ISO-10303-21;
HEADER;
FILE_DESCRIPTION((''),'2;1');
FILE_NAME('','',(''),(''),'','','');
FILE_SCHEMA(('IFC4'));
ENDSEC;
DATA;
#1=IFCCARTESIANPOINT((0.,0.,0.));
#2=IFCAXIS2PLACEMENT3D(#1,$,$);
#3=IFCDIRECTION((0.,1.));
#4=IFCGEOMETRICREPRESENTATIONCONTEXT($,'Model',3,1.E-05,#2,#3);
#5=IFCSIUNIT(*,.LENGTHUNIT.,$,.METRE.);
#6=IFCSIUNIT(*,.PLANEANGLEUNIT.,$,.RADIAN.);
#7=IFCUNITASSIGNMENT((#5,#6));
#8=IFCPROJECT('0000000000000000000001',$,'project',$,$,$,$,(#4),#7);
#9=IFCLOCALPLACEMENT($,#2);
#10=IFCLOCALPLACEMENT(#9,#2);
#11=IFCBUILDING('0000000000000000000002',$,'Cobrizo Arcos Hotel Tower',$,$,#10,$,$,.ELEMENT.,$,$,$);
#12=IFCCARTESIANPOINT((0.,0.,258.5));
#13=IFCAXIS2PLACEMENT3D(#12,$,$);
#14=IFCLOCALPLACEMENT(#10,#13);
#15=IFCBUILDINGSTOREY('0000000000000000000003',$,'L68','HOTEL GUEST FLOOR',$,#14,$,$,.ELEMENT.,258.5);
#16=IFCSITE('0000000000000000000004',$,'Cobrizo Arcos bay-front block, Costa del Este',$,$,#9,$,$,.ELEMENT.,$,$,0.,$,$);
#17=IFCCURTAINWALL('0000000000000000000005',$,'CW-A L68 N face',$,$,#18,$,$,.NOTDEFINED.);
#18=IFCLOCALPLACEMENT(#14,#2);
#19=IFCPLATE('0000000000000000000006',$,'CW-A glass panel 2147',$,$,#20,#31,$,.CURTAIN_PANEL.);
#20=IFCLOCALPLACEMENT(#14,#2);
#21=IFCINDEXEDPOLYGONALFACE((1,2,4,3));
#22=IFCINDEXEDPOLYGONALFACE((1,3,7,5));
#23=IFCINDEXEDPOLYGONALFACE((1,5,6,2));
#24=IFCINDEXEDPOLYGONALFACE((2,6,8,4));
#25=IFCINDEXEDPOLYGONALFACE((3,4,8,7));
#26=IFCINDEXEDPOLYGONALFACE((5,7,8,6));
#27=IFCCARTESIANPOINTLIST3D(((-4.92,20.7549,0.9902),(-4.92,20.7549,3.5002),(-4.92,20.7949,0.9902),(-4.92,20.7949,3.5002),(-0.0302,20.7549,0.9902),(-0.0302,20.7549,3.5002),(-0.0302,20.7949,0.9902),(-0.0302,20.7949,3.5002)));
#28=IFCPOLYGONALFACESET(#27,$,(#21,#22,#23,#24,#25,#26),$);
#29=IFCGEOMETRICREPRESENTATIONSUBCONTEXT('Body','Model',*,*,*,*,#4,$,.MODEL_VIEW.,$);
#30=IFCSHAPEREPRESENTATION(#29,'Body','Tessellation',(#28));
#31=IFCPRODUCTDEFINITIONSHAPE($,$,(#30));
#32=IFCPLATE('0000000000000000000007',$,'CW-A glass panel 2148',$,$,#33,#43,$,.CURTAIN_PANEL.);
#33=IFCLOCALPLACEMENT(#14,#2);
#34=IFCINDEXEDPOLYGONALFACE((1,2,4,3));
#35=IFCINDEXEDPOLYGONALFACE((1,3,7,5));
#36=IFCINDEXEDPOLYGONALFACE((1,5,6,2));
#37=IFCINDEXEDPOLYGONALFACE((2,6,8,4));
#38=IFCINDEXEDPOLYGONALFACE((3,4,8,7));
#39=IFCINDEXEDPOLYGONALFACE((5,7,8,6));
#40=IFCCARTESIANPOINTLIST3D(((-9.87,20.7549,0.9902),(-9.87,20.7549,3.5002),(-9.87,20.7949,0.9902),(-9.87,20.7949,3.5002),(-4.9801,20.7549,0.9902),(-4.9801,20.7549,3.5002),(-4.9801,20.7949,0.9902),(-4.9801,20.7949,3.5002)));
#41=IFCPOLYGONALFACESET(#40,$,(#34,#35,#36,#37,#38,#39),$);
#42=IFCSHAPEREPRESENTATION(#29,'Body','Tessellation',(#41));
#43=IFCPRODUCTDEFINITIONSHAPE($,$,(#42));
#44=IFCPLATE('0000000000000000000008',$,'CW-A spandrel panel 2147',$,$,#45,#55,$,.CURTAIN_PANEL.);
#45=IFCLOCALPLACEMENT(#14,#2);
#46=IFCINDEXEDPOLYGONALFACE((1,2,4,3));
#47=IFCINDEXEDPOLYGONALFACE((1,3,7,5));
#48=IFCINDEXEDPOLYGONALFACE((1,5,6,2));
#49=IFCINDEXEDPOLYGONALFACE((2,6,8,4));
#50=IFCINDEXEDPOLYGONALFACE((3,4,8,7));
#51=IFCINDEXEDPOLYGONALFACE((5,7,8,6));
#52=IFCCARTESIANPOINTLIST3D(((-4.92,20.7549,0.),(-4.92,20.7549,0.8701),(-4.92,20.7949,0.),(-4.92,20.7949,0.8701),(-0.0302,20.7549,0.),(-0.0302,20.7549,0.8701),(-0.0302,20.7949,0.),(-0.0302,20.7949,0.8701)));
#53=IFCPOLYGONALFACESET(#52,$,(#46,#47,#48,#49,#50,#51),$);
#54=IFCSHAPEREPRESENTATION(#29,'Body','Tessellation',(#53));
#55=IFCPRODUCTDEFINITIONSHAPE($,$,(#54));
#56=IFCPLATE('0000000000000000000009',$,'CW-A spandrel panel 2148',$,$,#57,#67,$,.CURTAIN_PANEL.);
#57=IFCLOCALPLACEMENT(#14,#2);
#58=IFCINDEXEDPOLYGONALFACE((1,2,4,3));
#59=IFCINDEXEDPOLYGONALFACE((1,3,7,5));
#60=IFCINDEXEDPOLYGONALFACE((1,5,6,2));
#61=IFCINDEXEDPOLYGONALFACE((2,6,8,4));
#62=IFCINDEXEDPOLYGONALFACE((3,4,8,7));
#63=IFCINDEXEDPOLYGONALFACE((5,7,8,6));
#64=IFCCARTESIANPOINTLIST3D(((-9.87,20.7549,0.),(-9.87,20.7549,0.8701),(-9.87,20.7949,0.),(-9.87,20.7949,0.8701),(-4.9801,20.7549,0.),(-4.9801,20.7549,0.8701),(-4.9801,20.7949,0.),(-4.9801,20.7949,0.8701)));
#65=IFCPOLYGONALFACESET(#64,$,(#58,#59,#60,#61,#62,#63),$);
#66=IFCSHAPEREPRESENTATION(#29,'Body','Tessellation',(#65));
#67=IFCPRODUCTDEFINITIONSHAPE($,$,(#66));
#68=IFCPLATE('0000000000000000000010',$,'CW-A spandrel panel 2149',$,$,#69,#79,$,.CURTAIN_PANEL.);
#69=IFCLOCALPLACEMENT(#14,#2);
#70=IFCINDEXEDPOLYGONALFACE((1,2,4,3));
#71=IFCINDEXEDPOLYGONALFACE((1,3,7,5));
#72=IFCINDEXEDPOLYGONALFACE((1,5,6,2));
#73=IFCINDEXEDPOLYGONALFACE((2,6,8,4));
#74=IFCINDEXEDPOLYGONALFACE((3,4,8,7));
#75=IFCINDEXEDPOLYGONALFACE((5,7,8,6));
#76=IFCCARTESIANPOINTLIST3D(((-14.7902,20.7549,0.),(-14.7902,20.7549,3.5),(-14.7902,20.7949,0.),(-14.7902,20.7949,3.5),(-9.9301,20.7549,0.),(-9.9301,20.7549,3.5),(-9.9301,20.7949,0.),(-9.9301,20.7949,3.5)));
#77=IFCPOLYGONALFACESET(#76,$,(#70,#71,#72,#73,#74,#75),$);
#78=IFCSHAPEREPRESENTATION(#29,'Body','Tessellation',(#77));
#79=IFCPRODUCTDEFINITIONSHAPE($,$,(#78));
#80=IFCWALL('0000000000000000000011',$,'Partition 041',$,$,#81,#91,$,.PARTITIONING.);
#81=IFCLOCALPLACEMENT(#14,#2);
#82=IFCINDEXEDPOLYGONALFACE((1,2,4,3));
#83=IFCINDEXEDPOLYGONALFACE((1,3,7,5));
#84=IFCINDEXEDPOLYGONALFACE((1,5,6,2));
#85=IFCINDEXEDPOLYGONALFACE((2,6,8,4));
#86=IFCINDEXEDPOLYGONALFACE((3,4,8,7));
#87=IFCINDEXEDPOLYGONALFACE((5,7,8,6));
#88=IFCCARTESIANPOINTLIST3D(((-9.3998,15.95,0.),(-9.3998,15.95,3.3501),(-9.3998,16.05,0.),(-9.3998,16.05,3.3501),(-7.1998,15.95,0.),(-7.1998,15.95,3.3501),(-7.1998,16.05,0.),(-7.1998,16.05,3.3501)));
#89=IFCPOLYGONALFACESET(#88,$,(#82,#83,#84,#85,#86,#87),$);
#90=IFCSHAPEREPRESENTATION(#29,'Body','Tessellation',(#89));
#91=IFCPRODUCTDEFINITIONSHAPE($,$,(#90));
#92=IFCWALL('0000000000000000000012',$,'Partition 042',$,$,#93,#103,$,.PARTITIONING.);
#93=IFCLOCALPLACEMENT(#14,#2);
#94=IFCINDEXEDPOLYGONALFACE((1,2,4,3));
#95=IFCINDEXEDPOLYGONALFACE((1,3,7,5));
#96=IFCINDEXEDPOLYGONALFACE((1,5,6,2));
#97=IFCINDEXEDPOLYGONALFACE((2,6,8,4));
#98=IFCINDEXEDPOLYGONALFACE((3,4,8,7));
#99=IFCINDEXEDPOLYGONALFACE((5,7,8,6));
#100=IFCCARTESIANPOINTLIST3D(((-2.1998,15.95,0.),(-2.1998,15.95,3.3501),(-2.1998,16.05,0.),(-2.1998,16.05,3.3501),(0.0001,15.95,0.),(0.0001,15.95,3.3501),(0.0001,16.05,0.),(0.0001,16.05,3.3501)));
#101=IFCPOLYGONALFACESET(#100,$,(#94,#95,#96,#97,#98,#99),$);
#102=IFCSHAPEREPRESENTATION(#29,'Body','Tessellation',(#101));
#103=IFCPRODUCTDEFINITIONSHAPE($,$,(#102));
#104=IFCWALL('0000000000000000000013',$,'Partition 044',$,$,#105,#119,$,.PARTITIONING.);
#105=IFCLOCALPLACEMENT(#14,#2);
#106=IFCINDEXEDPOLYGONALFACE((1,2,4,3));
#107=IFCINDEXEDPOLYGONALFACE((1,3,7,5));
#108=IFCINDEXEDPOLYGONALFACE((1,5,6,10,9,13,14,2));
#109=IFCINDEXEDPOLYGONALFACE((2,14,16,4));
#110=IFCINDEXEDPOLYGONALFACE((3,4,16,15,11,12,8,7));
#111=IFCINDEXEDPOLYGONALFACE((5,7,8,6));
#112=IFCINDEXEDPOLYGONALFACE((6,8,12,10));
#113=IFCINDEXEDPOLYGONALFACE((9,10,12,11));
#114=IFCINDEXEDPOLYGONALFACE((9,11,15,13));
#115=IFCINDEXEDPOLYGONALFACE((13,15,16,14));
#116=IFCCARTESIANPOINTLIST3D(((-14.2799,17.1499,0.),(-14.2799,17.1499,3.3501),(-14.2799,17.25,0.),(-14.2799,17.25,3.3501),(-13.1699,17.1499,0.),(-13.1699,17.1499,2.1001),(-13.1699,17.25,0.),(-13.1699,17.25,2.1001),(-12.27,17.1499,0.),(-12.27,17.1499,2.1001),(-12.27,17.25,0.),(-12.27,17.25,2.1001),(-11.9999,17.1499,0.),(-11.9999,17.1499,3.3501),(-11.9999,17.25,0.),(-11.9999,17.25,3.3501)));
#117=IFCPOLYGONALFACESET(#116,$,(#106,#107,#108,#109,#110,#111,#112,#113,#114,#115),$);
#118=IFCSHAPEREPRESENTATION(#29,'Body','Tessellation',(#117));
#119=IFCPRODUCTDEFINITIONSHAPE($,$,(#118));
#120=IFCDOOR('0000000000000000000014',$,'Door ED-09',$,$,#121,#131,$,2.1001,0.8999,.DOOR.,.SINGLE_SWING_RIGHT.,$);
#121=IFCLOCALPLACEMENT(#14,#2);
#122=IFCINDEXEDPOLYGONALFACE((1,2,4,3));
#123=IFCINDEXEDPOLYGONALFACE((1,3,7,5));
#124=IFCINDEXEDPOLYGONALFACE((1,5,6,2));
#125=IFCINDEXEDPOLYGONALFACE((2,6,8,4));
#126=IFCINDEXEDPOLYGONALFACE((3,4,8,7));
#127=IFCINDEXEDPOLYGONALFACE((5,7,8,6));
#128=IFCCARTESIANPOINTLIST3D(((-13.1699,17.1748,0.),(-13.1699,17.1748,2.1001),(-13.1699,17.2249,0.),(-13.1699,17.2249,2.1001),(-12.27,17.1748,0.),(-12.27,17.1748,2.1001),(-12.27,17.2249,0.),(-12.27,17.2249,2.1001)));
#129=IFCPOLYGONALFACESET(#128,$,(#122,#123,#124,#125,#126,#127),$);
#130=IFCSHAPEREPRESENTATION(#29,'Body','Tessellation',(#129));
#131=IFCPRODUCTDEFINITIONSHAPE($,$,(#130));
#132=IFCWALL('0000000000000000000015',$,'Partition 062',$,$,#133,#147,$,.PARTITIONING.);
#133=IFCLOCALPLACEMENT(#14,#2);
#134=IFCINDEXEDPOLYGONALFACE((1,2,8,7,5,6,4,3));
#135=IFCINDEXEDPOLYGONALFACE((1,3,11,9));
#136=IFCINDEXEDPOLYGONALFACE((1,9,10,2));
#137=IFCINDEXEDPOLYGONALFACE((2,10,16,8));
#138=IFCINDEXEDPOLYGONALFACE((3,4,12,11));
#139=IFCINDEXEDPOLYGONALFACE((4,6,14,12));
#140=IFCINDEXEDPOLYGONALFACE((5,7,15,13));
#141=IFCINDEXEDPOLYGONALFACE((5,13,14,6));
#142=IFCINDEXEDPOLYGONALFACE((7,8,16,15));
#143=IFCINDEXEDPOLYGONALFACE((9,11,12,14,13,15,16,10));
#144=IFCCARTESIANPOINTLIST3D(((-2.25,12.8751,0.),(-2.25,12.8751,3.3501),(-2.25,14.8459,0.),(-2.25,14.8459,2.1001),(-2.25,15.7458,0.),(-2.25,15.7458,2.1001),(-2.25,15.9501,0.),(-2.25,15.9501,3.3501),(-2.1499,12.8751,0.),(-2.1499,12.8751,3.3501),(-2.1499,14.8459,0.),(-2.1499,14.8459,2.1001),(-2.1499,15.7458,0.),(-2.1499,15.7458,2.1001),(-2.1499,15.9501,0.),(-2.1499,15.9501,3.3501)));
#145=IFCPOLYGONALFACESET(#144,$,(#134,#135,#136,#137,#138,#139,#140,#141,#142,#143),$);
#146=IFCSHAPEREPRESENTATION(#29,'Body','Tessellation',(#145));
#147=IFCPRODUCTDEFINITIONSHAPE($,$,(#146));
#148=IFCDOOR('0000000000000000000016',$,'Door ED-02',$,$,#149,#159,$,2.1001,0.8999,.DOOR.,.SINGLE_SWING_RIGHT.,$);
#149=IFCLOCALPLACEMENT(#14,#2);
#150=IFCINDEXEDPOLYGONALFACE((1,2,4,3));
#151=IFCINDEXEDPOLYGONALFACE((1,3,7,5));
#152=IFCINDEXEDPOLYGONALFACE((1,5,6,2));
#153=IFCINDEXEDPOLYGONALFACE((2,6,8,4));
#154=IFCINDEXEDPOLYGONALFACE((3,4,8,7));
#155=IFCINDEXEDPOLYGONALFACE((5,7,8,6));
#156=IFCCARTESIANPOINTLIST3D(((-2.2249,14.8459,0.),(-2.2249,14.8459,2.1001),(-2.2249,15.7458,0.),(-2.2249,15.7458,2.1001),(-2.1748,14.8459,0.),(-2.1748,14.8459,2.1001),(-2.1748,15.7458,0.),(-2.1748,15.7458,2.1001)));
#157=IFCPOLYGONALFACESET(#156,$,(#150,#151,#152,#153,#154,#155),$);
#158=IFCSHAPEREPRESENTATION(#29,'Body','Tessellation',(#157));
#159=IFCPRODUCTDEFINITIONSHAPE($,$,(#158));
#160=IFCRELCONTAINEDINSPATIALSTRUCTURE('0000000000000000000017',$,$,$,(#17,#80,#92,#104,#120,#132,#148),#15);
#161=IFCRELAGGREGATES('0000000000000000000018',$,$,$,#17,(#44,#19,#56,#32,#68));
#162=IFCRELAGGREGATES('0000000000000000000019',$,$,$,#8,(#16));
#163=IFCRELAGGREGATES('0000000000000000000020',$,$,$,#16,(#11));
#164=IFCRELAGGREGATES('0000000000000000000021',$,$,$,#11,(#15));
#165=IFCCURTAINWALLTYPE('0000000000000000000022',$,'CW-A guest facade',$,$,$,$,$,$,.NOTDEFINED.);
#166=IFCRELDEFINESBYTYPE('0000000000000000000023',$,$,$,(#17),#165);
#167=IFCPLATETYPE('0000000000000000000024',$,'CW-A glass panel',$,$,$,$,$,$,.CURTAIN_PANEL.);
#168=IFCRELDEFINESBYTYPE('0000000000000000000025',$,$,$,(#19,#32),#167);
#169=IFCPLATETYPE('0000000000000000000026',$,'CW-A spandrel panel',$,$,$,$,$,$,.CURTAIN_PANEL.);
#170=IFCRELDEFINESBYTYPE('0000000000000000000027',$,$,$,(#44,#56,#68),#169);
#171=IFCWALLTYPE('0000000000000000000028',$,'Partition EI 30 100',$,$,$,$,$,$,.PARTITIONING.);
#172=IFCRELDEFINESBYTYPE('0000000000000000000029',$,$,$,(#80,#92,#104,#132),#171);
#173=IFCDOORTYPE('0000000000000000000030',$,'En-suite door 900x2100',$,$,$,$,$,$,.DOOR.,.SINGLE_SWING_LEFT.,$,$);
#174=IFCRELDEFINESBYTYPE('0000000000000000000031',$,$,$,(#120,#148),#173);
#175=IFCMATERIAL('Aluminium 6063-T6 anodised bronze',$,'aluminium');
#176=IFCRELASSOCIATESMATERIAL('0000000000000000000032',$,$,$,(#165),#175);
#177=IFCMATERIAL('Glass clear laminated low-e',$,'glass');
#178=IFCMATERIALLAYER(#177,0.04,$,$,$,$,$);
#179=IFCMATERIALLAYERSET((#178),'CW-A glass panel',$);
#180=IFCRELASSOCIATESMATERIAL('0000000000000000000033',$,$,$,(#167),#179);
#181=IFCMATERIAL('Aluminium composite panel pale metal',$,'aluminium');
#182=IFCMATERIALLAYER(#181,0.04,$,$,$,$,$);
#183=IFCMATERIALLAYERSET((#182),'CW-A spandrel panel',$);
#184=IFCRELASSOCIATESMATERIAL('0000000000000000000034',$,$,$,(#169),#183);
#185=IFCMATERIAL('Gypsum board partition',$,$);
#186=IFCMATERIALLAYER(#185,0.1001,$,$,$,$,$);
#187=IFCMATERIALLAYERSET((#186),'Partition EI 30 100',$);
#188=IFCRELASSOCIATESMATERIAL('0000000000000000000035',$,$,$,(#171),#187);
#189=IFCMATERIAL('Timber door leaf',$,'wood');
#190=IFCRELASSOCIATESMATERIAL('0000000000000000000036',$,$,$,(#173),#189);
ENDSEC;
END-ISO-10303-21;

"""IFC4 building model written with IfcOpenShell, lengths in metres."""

from ifc_helpers import new_model, si_unit, direction, frame, frame_2d, origin, origin_2d, place, context, subcontext, project, spatial, rectangle, extrude, material, layer, layer_set, type_object, element, fill, aggregate, save


model = new_model("IFC4")

# Units and contexts
model_context = context("Model", 3, precision=1e-05, world=origin(), true_north=direction((0.0, 1.0)))
body_context = subcontext(model_context, "Body", "Model", "MODEL_VIEW")
ifc_project = project(units=[si_unit("LENGTHUNIT", "METRE"), si_unit("PLANEANGLEUNIT", "RADIAN")], contexts=[model_context])

# Site, building, storey
site_placement = place(None, origin())
site = spatial("IfcSite", under=ifc_project, at=site_placement, Name="Cobrizo Arcos bay-front block, Costa del Este", CompositionType="ELEMENT", RefElevation=0.0)
building_placement = place(site_placement, origin())
building = spatial("IfcBuilding", under=site, at=building_placement, Name="Cobrizo Arcos Hotel Tower", CompositionType="ELEMENT")
storey_placement = place(building_placement, frame((0.0, 0.0, 258.5)))
storey = spatial("IfcBuildingStorey", under=building, at=storey_placement, Name="L68", Description="HOTEL GUEST FLOOR", CompositionType="ELEMENT", Elevation=258.5)

# Curtain wall
ifc_material_1 = material(Name="Aluminium 6063-T6 anodised bronze", Category="aluminium")
curtain_wall_type = type_object("IfcCurtainWallType", Name="CW-A guest facade", PredefinedType="NOTDEFINED", material=ifc_material_1)
curtain_wall_placement = place(storey_placement, origin())
curtain_wall = element("IfcCurtainWall", 1, at=curtain_wall_placement, inside=storey, type_object=curtain_wall_type, Name="CW-A L68 N face", PredefinedType="NOTDEFINED")

# Plates
ifc_material_2 = material(Name="Glass clear laminated low-e", Category="glass")
ifc_layer_1 = layer(ifc_material_2, 0.04)
ifc_layer_set_1 = layer_set([ifc_layer_1], Name="CW-A glass panel")
plate_type_1 = type_object("IfcPlateType", Name="CW-A glass panel", PredefinedType="CURTAIN_PANEL", material=ifc_layer_set_1)
plate_1_placement = place(storey_placement, frame((-2.4751, 20.7749, 0.9902), z_axis=(0.0, 0.0, 1.0), x_axis=(-1.0, 0.0, 0.0)))
plate_1 = element("IfcPlate", 2, at=plate_1_placement, type_object=plate_type_1, Name="CW-A glass panel 2147", PredefinedType="CURTAIN_PANEL", context=body_context, shape_type="SweptSolid", body=[
    extrude(rectangle(XDim=4.8899, YDim=0.04, at=origin_2d()), origin(), (0.0, 0.0, 1.0), 2.51),
])
plate_2_placement = place(storey_placement, frame((-7.425, 20.7749, 0.9902), z_axis=(0.0, 0.0, 1.0), x_axis=(-1.0, 0.0, 0.0)))
plate_2 = element("IfcPlate", 3, at=plate_2_placement, type_object=plate_type_1, Name="CW-A glass panel 2148", PredefinedType="CURTAIN_PANEL", context=body_context, shape_type="SweptSolid", body=[
    extrude(rectangle(XDim=4.8899, YDim=0.04, at=origin_2d()), origin(), (0.0, 0.0, 1.0), 2.51),
])
ifc_material_3 = material(Name="Aluminium composite panel pale metal", Category="aluminium")
ifc_layer_2 = layer(ifc_material_3, 0.04)
ifc_layer_set_2 = layer_set([ifc_layer_2], Name="CW-A spandrel panel")
plate_type_2 = type_object("IfcPlateType", Name="CW-A spandrel panel", PredefinedType="CURTAIN_PANEL", material=ifc_layer_set_2)
plate_3_placement = place(storey_placement, frame((-2.4751, 20.7749, 0.0), z_axis=(0.0, 0.0, 1.0), x_axis=(-1.0, 0.0, 0.0)))
plate_3 = element("IfcPlate", 4, at=plate_3_placement, type_object=plate_type_2, Name="CW-A spandrel panel 2147", PredefinedType="CURTAIN_PANEL", context=body_context, shape_type="SweptSolid", body=[
    extrude(rectangle(XDim=4.8899, YDim=0.04, at=origin_2d()), origin(), (0.0, 0.0, 1.0), 0.8701),
])
plate_4_placement = place(storey_placement, frame((-7.425, 20.7749, 0.0), z_axis=(0.0, 0.0, 1.0), x_axis=(-1.0, 0.0, 0.0)))
plate_4 = element("IfcPlate", 5, at=plate_4_placement, type_object=plate_type_2, Name="CW-A spandrel panel 2148", PredefinedType="CURTAIN_PANEL", context=body_context, shape_type="SweptSolid", body=[
    extrude(rectangle(XDim=4.8899, YDim=0.04, at=origin_2d()), origin(), (0.0, 0.0, 1.0), 0.8701),
])
plate_5_placement = place(storey_placement, frame((-12.3601, 20.7749, 0.0), z_axis=(0.0, 0.0, 1.0), x_axis=(-1.0, 0.0, 0.0)))
plate_5 = element("IfcPlate", 6, at=plate_5_placement, type_object=plate_type_2, Name="CW-A spandrel panel 2149", PredefinedType="CURTAIN_PANEL", context=body_context, shape_type="SweptSolid", body=[
    extrude(rectangle(XDim=4.8601, YDim=0.04, at=origin_2d()), origin(), (0.0, 0.0, 1.0), 3.5),
])
aggregate(curtain_wall, [plate_3, plate_1, plate_4, plate_2, plate_5])

# Walls
ifc_material_4 = material(Name="Gypsum board partition")
ifc_layer_3 = layer(ifc_material_4, 0.1001)
ifc_layer_set_3 = layer_set([ifc_layer_3], Name="Partition EI 30 100")
wall_type = type_object("IfcWallType", Name="Partition EI 30 100", PredefinedType="PARTITIONING", material=ifc_layer_set_3)
for number, where, z_axis, x_axis, name in (
    (7, (-9.3999, 16.0, 0.0), (0.0, 0.0, 1.0), (1.0, 0.0, 0.0), "Partition 041"),
    (8, (-2.2, 16.0, 0.0), (0.0, 0.0, 1.0), (1.0, 0.0, 0.0), "Partition 042"),
):
    element("IfcWall", number, at=place(storey_placement, frame(where, z_axis=z_axis, x_axis=x_axis)), inside=storey, type_object=wall_type, Name=name, PredefinedType="PARTITIONING", context=body_context, shape_type="SweptSolid", body=[
        extrude(rectangle(XDim=2.2, YDim=0.1001, at=frame_2d((1.1001, 0.0))), origin(), (0.0, 0.0, 1.0), 3.3501),
    ])

# Walls, openings, doors
wall_1_placement = place(storey_placement, frame((-14.28, 17.2, 0.0), z_axis=(0.0, 0.0, 1.0), x_axis=(1.0, 0.0, 0.0)))
wall_1 = element("IfcWall", 9, at=wall_1_placement, inside=storey, type_object=wall_type, Name="Partition 044", PredefinedType="PARTITIONING", context=body_context, shape_type="SweptSolid", body=[
    extrude(rectangle(XDim=2.28, YDim=0.1001, at=frame_2d((1.1401, 0.0))), origin(), (0.0, 0.0, 1.0), 3.3501),
])
opening_1_placement = place(wall_1_placement, frame((1.1101, 0.0, 0.0)))
opening_1 = element("IfcOpeningElement", 10, at=opening_1_placement, cuts=wall_1, PredefinedType="OPENING", context=body_context, shape_type="SweptSolid", body=[
    extrude(rectangle(XDim=0.8999, YDim=2.1001, at=frame_2d((0.45, 1.05))), frame((0.0, 0.062, 0.0), z_axis=(0.0, -1.0, 0.0), x_axis=(1.0, 0.0, 0.0)), (0.0, 0.0, 1.0), 0.124),
])
ifc_material_5 = material(Name="Timber door leaf", Category="wood")
door_type = type_object("IfcDoorType", Name="En-suite door 900x2100", OperationType="SINGLE_SWING_LEFT", PredefinedType="DOOR", material=ifc_material_5)
door_1_placement = place(opening_1_placement, origin())
door_1 = element("IfcDoor", 11, at=door_1_placement, inside=storey, type_object=door_type, Name="Door ED-09", OperationType="SINGLE_SWING_RIGHT", OverallHeight=2.1001, OverallWidth=0.8999, PredefinedType="DOOR", context=body_context, shape_type="SweptSolid", body=[
    extrude(rectangle(XDim=0.8999, YDim=2.1001, at=frame_2d((0.45, 1.05))), frame((0.0, 0.0249, 0.0), z_axis=(0.0, -1.0, 0.0), x_axis=(1.0, 0.0, 0.0)), (0.0, 0.0, 1.0), 0.05),
])
fill(opening_1, door_1)
wall_2_placement = place(storey_placement, frame((-2.2, 12.875, 0.0), z_axis=(0.0, 0.0, 1.0), x_axis=(0.0, 1.0, 0.0)))
wall_2 = element("IfcWall", 12, at=wall_2_placement, inside=storey, type_object=wall_type, Name="Partition 062", PredefinedType="PARTITIONING", context=body_context, shape_type="SweptSolid", body=[
    extrude(rectangle(XDim=3.075, YDim=0.1001, at=frame_2d((1.5376, 0.0))), origin(), (0.0, 0.0, 1.0), 3.3501),
])
opening_2_placement = place(wall_2_placement, frame((1.9709, 0.0, 0.0)))
opening_2 = element("IfcOpeningElement", 13, at=opening_2_placement, cuts=wall_2, PredefinedType="OPENING", context=body_context, shape_type="SweptSolid", body=[
    extrude(rectangle(XDim=0.8999, YDim=2.1001, at=frame_2d((0.45, 1.05))), frame((0.0, 0.062, 0.0), z_axis=(0.0, -1.0, 0.0), x_axis=(1.0, 0.0, 0.0)), (0.0, 0.0, 1.0), 0.124),
])
door_2_placement = place(opening_2_placement, origin())
door_2 = element("IfcDoor", 14, at=door_2_placement, inside=storey, type_object=door_type, Name="Door ED-02", OperationType="SINGLE_SWING_RIGHT", OverallHeight=2.1001, OverallWidth=0.8999, PredefinedType="DOOR", context=body_context, shape_type="SweptSolid", body=[
    extrude(rectangle(XDim=0.8999, YDim=2.1001, at=frame_2d((0.45, 1.05))), frame((0.0, 0.0249, 0.0), z_axis=(0.0, -1.0, 0.0), x_axis=(1.0, 0.0, 0.0)), (0.0, 0.0, 1.0), 0.05),
])
fill(opening_2, door_2)

save(model, "model.ifc")
